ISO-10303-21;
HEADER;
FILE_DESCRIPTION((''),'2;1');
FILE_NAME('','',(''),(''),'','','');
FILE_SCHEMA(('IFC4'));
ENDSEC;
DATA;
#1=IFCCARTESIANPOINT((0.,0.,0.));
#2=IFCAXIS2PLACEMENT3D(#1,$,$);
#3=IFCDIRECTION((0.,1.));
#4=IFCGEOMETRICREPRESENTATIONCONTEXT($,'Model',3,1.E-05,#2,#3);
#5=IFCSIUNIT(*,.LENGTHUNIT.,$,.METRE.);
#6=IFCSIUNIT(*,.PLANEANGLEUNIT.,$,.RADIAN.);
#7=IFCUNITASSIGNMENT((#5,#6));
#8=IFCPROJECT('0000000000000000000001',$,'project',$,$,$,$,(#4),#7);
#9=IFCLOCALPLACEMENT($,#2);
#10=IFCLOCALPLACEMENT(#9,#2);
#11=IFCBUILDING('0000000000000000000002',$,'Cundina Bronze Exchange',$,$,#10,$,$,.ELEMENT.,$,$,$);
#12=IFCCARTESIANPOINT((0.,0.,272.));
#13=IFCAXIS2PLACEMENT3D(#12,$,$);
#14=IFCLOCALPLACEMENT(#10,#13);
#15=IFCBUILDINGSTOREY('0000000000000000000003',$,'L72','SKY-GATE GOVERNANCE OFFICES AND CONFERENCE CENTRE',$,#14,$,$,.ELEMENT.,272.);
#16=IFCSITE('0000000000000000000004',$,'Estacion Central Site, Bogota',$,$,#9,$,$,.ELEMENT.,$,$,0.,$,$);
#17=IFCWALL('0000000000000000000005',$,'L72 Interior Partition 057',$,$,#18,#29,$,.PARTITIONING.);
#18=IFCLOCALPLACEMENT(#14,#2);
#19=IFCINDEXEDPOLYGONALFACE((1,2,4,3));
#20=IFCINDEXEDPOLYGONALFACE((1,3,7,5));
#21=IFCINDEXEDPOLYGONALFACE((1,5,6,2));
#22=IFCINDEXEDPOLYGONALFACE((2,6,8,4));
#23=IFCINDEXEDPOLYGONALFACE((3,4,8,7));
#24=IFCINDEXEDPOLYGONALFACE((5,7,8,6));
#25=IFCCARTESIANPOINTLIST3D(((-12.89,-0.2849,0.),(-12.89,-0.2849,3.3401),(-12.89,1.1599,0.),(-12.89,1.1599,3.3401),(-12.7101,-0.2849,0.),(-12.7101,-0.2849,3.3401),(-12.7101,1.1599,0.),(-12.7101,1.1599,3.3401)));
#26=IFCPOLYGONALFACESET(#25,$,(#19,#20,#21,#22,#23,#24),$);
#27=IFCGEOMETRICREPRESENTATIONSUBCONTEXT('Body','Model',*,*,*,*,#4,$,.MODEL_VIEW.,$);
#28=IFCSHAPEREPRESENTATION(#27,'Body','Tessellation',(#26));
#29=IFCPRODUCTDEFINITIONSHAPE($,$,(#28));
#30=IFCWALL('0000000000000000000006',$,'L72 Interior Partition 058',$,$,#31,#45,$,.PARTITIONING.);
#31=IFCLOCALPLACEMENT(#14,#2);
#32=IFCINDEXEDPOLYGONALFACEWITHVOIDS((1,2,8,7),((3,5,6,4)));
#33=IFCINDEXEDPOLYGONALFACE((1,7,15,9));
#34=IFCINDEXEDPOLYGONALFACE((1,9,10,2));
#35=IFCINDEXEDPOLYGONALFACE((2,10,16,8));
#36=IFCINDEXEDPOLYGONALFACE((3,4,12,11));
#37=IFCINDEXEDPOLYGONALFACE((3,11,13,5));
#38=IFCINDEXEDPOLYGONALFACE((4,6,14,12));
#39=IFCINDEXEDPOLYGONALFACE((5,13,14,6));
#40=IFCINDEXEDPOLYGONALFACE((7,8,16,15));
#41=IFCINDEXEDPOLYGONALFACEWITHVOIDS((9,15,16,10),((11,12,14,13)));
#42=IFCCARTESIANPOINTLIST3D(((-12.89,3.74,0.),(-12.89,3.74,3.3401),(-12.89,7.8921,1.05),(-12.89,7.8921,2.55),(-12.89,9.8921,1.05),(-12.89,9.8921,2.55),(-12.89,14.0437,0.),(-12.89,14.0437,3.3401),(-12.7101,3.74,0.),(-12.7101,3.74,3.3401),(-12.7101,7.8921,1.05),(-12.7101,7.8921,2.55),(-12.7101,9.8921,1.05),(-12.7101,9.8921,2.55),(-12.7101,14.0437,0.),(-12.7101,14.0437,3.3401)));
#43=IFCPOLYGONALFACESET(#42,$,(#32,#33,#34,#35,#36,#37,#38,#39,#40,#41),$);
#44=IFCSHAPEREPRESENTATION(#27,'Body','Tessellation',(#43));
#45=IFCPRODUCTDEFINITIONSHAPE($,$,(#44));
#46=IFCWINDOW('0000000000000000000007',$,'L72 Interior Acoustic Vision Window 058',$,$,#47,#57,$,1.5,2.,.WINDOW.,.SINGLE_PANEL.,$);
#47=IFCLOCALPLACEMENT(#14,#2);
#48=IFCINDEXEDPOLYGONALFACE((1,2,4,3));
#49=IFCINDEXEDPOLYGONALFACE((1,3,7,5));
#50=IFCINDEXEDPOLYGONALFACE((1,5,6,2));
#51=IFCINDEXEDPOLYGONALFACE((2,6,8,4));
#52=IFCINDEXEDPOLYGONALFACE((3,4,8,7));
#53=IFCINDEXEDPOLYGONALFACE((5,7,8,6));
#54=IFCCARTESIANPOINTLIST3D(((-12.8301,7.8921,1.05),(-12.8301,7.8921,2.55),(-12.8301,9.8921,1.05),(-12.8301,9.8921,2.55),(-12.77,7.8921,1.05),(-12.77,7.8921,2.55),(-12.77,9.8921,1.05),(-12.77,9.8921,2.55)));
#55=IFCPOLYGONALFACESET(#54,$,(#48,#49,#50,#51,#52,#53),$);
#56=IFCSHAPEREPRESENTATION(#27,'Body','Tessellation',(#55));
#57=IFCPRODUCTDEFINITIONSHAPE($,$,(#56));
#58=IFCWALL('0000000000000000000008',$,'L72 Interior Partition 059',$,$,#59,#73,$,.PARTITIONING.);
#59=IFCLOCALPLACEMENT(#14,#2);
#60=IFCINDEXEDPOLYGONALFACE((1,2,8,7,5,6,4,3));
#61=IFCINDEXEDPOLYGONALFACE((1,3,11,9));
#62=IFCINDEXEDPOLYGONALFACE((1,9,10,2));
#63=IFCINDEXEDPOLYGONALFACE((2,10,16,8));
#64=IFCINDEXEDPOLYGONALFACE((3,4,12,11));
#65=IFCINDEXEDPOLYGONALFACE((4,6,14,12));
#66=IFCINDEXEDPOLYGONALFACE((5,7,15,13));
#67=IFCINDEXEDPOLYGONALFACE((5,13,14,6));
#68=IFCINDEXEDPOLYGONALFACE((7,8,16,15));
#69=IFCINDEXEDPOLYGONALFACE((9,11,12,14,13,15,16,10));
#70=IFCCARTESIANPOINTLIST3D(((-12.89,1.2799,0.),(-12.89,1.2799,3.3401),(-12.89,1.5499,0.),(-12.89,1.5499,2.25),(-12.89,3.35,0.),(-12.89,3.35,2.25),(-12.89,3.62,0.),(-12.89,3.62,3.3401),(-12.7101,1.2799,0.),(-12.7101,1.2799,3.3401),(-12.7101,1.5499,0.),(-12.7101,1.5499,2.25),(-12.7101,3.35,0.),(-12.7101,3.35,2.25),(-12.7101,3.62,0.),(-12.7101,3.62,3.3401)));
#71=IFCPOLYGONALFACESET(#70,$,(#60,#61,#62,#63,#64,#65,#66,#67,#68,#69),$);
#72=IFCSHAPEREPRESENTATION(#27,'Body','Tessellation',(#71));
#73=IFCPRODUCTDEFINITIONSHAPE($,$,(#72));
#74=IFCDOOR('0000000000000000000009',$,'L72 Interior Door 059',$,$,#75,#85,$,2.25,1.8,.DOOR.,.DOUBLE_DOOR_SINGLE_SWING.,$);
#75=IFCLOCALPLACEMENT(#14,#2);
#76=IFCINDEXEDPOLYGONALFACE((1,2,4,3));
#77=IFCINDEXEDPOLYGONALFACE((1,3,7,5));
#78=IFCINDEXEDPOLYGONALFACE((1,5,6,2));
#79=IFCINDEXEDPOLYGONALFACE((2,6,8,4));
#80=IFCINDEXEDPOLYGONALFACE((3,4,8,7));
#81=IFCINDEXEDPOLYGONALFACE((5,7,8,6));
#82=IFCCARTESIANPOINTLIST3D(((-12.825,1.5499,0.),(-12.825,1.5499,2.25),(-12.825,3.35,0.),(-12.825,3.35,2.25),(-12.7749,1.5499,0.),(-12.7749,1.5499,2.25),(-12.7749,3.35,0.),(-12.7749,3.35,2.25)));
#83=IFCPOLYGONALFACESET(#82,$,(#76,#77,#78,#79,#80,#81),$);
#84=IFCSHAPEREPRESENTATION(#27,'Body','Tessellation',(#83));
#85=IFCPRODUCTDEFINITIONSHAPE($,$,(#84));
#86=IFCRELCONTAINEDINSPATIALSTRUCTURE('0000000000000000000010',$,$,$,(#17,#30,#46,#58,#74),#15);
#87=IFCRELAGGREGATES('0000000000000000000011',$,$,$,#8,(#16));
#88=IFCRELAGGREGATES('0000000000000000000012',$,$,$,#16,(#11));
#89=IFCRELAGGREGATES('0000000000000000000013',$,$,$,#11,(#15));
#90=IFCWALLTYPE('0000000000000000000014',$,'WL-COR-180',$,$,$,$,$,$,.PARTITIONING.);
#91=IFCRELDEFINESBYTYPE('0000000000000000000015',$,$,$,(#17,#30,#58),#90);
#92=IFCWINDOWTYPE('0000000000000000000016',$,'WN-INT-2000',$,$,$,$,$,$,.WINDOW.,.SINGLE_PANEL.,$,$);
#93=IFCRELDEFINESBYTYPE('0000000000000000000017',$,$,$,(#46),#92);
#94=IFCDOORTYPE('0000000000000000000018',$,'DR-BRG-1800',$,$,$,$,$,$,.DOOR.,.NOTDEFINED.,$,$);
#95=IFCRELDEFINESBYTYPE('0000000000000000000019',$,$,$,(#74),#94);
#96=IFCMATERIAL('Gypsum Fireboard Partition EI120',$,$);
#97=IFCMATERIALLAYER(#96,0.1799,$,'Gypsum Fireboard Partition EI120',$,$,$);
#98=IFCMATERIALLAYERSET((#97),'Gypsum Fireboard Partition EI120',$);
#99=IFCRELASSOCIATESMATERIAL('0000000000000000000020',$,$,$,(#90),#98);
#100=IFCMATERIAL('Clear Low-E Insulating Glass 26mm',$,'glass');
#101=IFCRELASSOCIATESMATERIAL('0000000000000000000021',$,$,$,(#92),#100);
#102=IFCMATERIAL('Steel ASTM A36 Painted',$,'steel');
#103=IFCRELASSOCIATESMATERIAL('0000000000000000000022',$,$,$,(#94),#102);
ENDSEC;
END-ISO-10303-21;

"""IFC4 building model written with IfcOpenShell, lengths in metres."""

from ifc_helpers import new_model, si_unit, direction, frame, frame_2d, origin, place, context, subcontext, project, spatial, rectangle, extrude, material, layer, layer_set, type_object, element, fill, save


model = new_model("IFC4")

# Units and contexts
model_context = context("Model", 3, precision=1e-05, world=origin(), true_north=direction((0.0, 1.0)))
body_context = subcontext(model_context, "Body", "Model", "MODEL_VIEW")
ifc_project = project(units=[si_unit("LENGTHUNIT", "METRE"), si_unit("PLANEANGLEUNIT", "RADIAN")], contexts=[model_context])

# Site, building, storey
site_placement = place(None, origin())
site = spatial("IfcSite", under=ifc_project, at=site_placement, Name="Estacion Central Site, Bogota", CompositionType="ELEMENT", RefElevation=0.0)
building_placement = place(site_placement, origin())
building = spatial("IfcBuilding", under=site, at=building_placement, Name="Cundina Bronze Exchange", CompositionType="ELEMENT")
storey_placement = place(building_placement, frame((0.0, 0.0, 272.0)))
storey = spatial("IfcBuildingStorey", under=building, at=storey_placement, Name="L72", Description="SKY-GATE GOVERNANCE OFFICES AND CONFERENCE CENTRE", CompositionType="ELEMENT", Elevation=272.0)

# Shared definitions
ifc_material_1 = material(Name="Gypsum Fireboard Partition EI120")
ifc_layer_1 = layer(ifc_material_1, 0.1799, Name="Gypsum Fireboard Partition EI120")
ifc_layer_set_1 = layer_set([ifc_layer_1], Name="Gypsum Fireboard Partition EI120")
wall_type = type_object("IfcWallType", Name="WL-COR-180", PredefinedType="PARTITIONING", material=ifc_layer_set_1)

# Wall
wall_1_placement = place(storey_placement, frame((-12.8, -0.2849, 0.0), z_axis=(0.0, 0.0, 1.0), x_axis=(0.0, 1.0, 0.0)))
element("IfcWall", 1, at=wall_1_placement, inside=storey, type_object=wall_type, Name="L72 Interior Partition 057", PredefinedType="PARTITIONING", context=body_context, shape_type="SweptSolid", body=[
    extrude(rectangle(XDim=1.4448, YDim=0.1799, at=frame_2d((0.7224, 0.0))), origin(), (0.0, 0.0, 1.0), 3.3401),
])

# Wall, opening, window
wall_2_placement = place(storey_placement, frame((-12.8, 3.74, 0.0), z_axis=(0.0, 0.0, 1.0), x_axis=(0.0, 1.0, 0.0)))
wall_2 = element("IfcWall", 2, at=wall_2_placement, inside=storey, type_object=wall_type, Name="L72 Interior Partition 058", PredefinedType="PARTITIONING", context=body_context, shape_type="SweptSolid", body=[
    extrude(rectangle(XDim=10.3037, YDim=0.1799, at=frame_2d((5.1519, 0.0))), origin(), (0.0, 0.0, 1.0), 3.3401),
])
opening_1_placement = place(wall_2_placement, frame((4.1521, 0.0, 1.05)))
opening_1 = element("IfcOpeningElement", 3, at=opening_1_placement, cuts=wall_2, PredefinedType="OPENING", context=body_context, shape_type="SweptSolid", body=[
    extrude(rectangle(XDim=2.0, YDim=1.5, at=frame_2d((1.0, 0.75))), frame((0.0, 0.0999, 0.0), z_axis=(0.0, -1.0, 0.0), x_axis=(1.0, 0.0, 0.0)), (0.0, 0.0, 1.0), 0.2),
])
ifc_material_2 = material(Name="Clear Low-E Insulating Glass 26mm", Category="glass")
window_type = type_object("IfcWindowType", Name="WN-INT-2000", PartitioningType="SINGLE_PANEL", PredefinedType="WINDOW", material=ifc_material_2)
window_placement = place(opening_1_placement, origin())
window = element("IfcWindow", 4, at=window_placement, inside=storey, type_object=window_type, Name="L72 Interior Acoustic Vision Window 058", OverallHeight=1.5, OverallWidth=2.0, PartitioningType="SINGLE_PANEL", PredefinedType="WINDOW", context=body_context, shape_type="SweptSolid", body=[
    extrude(rectangle(XDim=2.0, YDim=1.5, at=frame_2d((1.0, 0.75))), frame((0.0, 0.03, 0.0), z_axis=(0.0, -1.0, 0.0), x_axis=(1.0, 0.0, 0.0)), (0.0, 0.0, 1.0), 0.0601),
])
fill(opening_1, window)

# Wall, opening, door
wall_3_placement = place(storey_placement, frame((-12.8, 1.28, 0.0), z_axis=(0.0, 0.0, 1.0), x_axis=(0.0, 1.0, 0.0)))
wall_3 = element("IfcWall", 5, at=wall_3_placement, inside=storey, type_object=wall_type, Name="L72 Interior Partition 059", PredefinedType="PARTITIONING", context=body_context, shape_type="SweptSolid", body=[
    extrude(rectangle(XDim=2.3401, YDim=0.1799, at=frame_2d((1.1699, 0.0))), origin(), (0.0, 0.0, 1.0), 3.3401),
])
opening_2_placement = place(wall_3_placement, frame((0.27, 0.0, 0.0)))
opening_2 = element("IfcOpeningElement", 6, at=opening_2_placement, cuts=wall_3, PredefinedType="OPENING", context=body_context, shape_type="SweptSolid", body=[
    extrude(rectangle(XDim=1.8, YDim=2.25, at=frame_2d((0.8999, 1.125))), frame((0.0, 0.0999, 0.0), z_axis=(0.0, -1.0, 0.0), x_axis=(1.0, 0.0, 0.0)), (0.0, 0.0, 1.0), 0.2),
])
ifc_material_3 = material(Name="Steel ASTM A36 Painted", Category="steel")
door_type_1 = type_object("IfcDoorType", Name="DR-BRG-1800", OperationType="NOTDEFINED", PredefinedType="DOOR", material=ifc_material_3)
door_1_placement = place(opening_2_placement, origin())
door_1 = element("IfcDoor", 7, at=door_1_placement, inside=storey, type_object=door_type_1, Name="L72 Interior Door 059", OperationType="DOUBLE_DOOR_SINGLE_SWING", OverallHeight=2.25, OverallWidth=1.8, PredefinedType="DOOR", context=body_context, shape_type="SweptSolid", body=[
    extrude(rectangle(XDim=1.8, YDim=2.25, at=frame_2d((0.8999, 1.125))), frame((0.0, 0.0249, 0.0), z_axis=(0.0, -1.0, 0.0), x_axis=(1.0, 0.0, 0.0)), (0.0, 0.0, 1.0), 0.05),
])
fill(opening_2, door_1)

save(model, "model.ifc")
